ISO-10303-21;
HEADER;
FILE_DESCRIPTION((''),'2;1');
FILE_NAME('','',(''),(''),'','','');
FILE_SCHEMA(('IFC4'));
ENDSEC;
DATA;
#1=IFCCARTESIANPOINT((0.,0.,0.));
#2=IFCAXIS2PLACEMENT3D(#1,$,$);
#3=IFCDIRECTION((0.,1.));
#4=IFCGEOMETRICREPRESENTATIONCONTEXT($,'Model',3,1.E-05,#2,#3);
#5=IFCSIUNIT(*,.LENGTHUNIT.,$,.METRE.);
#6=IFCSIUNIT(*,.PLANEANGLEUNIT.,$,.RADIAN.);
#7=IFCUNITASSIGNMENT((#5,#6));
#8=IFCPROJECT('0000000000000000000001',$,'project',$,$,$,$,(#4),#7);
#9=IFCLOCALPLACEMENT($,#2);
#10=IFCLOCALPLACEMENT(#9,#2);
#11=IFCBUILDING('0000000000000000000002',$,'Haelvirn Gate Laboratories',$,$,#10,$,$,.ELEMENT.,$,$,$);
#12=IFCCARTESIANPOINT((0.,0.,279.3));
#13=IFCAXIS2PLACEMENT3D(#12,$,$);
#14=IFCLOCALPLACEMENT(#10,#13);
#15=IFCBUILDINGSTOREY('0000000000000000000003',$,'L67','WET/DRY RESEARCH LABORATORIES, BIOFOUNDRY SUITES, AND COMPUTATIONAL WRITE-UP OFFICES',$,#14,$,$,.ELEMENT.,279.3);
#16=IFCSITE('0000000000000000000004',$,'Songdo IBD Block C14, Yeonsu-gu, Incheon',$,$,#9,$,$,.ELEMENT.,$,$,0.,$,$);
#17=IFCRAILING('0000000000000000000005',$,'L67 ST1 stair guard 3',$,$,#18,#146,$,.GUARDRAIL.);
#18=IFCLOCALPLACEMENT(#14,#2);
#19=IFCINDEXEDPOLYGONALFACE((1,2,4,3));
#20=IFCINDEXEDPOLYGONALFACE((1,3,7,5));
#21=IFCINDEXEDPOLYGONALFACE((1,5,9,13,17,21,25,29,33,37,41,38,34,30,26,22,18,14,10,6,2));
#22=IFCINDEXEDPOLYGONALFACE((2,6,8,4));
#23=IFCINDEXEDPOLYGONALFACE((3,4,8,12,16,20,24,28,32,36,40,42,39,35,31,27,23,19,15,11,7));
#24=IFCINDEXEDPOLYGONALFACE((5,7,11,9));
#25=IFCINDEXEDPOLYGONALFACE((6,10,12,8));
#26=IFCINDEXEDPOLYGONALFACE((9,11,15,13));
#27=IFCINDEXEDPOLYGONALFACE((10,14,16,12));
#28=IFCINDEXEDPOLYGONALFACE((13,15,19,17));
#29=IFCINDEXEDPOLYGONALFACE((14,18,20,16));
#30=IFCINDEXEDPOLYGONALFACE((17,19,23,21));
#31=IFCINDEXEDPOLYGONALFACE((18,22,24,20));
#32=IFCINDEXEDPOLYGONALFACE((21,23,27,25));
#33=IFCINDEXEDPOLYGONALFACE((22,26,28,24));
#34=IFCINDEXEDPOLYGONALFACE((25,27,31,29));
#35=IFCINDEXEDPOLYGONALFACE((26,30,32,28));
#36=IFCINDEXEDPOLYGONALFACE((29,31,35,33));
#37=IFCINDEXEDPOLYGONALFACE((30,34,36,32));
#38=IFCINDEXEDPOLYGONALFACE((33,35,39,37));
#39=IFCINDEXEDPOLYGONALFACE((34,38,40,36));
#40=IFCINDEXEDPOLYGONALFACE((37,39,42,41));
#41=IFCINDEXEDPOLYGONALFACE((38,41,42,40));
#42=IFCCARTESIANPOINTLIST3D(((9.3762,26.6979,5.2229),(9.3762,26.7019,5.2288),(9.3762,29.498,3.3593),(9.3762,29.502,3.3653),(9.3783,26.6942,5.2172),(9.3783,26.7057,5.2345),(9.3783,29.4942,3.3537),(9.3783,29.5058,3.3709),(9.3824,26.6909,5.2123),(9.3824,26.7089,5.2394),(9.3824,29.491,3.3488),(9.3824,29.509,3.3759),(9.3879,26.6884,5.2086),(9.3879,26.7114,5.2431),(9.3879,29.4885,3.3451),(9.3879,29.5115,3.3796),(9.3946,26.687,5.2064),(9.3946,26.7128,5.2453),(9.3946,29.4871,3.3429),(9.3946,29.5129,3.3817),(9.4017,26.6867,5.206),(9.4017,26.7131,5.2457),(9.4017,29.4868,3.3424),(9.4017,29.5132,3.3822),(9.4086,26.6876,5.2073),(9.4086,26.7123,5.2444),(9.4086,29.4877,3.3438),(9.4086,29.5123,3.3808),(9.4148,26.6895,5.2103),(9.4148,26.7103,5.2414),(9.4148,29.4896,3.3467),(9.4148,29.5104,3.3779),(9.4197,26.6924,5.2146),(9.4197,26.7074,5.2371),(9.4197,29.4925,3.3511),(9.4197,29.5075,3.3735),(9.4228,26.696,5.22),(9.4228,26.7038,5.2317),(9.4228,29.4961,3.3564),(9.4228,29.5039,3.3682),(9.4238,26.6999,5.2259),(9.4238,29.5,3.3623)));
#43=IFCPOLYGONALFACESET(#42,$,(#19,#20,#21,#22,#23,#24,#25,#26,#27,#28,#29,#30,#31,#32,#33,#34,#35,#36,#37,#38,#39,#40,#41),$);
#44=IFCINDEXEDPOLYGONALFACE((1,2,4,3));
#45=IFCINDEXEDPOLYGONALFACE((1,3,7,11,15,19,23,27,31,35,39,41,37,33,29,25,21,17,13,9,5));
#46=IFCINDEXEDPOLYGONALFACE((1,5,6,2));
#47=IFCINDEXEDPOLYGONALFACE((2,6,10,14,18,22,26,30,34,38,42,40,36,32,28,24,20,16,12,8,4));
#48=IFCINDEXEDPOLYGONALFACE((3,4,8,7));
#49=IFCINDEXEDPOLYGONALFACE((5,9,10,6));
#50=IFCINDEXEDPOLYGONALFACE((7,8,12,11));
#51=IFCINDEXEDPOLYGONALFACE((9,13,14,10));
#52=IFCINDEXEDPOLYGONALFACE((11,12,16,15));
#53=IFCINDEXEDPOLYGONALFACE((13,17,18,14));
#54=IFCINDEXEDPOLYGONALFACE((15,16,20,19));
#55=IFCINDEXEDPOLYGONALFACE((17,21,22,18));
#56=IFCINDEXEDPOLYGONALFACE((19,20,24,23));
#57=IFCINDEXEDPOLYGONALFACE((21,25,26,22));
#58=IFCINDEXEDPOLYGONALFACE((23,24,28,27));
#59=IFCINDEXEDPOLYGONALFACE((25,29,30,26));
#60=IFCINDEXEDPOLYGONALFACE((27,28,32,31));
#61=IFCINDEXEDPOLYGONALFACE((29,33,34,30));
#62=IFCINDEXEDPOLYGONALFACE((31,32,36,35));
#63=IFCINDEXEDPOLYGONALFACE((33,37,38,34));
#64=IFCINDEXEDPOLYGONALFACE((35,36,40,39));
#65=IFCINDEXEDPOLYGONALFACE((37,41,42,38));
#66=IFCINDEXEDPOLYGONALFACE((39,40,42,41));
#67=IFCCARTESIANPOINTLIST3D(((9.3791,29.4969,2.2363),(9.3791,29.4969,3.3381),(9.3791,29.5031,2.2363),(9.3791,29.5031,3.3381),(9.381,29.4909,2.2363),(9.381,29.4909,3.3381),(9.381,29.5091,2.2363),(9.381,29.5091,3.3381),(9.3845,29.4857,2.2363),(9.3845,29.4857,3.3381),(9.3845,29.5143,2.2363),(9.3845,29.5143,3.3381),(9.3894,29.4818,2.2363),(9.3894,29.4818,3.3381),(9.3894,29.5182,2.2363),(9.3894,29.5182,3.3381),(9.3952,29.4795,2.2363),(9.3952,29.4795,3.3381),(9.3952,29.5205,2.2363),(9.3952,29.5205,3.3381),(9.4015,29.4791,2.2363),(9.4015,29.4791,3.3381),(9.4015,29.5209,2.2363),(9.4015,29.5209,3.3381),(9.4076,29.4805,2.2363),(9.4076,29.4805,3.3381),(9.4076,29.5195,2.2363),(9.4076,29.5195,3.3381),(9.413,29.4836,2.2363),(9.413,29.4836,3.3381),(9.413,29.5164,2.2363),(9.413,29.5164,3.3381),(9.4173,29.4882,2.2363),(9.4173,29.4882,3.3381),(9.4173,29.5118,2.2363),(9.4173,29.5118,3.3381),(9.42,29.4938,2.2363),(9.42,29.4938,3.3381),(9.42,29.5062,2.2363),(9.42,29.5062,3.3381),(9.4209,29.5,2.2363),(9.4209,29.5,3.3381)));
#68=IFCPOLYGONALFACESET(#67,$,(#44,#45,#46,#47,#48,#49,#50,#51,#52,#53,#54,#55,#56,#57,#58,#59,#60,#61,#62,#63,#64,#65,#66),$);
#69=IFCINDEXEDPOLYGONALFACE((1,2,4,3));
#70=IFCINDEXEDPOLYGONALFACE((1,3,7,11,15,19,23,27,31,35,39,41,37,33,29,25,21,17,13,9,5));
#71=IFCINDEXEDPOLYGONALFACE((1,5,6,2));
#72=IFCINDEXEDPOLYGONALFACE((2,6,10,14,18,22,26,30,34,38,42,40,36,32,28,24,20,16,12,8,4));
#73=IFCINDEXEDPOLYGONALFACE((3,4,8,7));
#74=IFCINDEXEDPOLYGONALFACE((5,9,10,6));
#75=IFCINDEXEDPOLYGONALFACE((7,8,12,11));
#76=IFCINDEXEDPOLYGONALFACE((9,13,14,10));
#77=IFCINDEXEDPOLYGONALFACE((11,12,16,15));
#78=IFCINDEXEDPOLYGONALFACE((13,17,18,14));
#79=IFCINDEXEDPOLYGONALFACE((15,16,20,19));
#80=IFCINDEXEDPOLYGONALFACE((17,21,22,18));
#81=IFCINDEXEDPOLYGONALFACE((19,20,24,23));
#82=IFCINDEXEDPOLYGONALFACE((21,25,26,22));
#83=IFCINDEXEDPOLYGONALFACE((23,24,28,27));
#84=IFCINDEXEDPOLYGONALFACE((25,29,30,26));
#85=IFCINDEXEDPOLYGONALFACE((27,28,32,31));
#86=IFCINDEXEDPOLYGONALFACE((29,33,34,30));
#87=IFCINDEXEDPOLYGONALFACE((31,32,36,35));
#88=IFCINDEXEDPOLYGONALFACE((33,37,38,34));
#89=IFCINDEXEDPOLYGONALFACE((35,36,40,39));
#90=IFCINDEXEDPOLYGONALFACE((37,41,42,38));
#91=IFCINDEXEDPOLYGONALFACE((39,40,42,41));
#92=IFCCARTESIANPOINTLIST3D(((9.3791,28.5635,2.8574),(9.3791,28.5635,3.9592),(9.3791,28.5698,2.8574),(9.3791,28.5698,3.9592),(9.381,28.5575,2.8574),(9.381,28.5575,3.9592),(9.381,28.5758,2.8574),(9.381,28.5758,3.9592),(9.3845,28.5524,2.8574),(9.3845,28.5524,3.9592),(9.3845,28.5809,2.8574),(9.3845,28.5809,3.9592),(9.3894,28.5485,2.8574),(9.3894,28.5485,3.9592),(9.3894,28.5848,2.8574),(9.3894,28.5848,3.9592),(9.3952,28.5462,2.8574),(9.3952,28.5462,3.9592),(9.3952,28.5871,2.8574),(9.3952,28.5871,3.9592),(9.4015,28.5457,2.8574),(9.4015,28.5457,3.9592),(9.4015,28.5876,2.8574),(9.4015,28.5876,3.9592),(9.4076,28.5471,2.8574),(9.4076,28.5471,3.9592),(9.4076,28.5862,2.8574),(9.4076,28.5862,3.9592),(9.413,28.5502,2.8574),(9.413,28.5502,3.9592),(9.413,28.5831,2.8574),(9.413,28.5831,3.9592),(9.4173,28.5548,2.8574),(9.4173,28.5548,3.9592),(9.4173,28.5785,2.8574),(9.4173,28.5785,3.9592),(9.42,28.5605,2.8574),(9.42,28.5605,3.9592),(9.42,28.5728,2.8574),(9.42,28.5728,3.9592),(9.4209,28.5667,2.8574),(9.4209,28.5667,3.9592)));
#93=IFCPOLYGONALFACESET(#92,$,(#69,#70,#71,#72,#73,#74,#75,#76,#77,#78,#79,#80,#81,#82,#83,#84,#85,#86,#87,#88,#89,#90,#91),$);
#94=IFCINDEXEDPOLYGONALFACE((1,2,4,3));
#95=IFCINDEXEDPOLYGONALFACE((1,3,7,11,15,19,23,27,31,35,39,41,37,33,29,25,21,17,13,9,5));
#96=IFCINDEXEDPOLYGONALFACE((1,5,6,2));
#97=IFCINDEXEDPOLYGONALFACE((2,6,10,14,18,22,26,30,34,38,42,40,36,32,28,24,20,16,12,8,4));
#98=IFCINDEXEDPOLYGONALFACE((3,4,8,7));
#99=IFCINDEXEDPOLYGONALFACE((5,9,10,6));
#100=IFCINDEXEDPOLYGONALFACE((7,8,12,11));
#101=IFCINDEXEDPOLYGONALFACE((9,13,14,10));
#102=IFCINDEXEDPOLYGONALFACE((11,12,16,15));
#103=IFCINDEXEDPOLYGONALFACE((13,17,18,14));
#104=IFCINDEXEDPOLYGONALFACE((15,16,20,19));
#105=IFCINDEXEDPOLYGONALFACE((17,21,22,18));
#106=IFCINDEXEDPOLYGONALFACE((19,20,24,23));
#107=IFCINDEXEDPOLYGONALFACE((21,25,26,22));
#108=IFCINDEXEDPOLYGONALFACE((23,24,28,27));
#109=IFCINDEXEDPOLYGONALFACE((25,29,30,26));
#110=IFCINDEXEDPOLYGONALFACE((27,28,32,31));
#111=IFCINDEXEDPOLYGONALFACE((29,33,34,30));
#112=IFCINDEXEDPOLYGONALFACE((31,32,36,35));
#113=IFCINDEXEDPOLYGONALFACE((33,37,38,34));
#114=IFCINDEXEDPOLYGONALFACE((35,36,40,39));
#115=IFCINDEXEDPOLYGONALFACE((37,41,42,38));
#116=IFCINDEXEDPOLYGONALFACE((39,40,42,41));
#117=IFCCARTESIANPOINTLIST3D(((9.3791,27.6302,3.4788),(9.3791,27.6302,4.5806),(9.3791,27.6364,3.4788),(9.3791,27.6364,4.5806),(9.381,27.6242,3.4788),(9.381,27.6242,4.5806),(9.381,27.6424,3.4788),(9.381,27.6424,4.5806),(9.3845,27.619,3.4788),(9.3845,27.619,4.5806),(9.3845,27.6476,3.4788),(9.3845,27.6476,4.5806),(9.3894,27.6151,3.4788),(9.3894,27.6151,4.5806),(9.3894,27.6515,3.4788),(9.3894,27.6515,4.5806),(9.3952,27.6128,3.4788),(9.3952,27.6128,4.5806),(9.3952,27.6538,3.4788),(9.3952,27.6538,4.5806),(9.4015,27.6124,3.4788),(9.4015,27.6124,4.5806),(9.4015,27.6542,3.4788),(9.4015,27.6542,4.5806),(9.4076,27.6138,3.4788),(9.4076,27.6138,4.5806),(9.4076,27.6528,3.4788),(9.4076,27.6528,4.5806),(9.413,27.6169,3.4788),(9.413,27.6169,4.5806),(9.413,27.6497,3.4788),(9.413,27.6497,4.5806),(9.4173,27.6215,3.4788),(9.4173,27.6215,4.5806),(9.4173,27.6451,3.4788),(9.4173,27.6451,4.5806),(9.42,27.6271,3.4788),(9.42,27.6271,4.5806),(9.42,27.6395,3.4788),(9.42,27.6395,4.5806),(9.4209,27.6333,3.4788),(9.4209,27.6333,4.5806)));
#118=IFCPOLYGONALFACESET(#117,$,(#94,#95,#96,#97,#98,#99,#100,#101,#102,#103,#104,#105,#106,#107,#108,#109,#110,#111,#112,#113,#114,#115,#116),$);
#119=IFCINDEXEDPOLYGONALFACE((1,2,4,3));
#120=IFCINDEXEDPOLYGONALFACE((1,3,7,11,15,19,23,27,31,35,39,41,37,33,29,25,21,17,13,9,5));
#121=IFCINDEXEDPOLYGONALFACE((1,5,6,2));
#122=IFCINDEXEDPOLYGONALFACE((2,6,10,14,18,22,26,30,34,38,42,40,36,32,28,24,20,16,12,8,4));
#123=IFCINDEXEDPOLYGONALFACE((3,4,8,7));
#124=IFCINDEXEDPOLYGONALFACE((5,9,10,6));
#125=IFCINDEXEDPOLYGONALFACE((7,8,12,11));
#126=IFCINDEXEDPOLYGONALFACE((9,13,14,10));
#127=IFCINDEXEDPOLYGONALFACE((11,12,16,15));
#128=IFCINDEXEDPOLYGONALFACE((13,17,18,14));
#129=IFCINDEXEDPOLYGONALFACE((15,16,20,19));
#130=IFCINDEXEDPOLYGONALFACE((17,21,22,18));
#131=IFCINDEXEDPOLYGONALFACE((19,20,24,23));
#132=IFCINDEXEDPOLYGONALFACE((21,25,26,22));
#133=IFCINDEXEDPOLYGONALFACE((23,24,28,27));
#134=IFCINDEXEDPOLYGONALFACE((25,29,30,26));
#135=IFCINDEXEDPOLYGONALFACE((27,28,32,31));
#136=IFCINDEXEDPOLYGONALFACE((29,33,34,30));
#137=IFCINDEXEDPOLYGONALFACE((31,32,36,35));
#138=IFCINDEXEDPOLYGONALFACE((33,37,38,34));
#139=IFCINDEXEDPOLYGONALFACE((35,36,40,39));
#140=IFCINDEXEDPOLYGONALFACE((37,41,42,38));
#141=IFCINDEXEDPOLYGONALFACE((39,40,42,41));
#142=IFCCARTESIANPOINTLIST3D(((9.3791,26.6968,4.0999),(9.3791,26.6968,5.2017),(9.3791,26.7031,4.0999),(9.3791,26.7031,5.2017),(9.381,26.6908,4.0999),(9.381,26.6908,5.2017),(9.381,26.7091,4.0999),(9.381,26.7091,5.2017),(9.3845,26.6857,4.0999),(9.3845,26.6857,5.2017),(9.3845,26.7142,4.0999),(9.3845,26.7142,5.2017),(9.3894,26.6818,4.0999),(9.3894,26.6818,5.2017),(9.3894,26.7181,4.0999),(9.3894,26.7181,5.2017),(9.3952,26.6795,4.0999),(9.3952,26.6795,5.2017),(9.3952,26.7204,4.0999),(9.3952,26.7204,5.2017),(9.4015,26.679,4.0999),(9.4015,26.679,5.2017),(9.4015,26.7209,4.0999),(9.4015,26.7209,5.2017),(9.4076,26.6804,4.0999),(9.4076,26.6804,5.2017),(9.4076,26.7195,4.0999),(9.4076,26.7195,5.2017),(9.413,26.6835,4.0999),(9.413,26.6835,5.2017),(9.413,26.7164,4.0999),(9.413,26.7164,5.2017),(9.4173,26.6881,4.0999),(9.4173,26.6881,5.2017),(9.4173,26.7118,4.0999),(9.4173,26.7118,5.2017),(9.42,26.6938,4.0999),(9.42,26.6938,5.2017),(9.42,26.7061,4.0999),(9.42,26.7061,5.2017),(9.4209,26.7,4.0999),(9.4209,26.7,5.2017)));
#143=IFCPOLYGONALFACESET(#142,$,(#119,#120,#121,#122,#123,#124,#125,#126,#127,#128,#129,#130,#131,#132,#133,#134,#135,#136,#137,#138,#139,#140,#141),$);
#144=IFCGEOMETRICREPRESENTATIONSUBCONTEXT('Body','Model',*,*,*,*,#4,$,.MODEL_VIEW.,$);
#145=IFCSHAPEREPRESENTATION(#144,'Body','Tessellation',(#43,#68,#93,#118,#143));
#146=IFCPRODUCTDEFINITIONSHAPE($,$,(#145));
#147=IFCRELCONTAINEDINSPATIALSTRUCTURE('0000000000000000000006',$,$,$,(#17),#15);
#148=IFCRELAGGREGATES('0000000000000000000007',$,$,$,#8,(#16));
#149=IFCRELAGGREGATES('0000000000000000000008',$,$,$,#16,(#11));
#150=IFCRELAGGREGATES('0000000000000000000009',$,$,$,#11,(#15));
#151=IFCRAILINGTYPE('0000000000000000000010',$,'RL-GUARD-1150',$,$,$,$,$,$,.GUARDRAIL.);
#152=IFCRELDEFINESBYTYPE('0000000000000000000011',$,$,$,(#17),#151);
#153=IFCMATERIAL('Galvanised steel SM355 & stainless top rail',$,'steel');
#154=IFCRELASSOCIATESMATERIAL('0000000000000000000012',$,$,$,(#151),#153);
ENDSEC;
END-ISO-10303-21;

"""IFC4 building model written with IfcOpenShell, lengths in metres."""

from ifc_helpers import new_model, si_unit, direction, frame, origin, origin_2d, place, context, subcontext, project, spatial, circle, extrude, source, transform, mapped, material, type_object, element, save


model = new_model("IFC4")

# Units and contexts
model_context = context("Model", 3, precision=1e-05, world=origin(), true_north=direction((0.0, 1.0)))
body_context = subcontext(model_context, "Body", "Model", "MODEL_VIEW")
ifc_project = project(units=[si_unit("LENGTHUNIT", "METRE"), si_unit("PLANEANGLEUNIT", "RADIAN")], contexts=[model_context])

# Site, building, storey
site_placement = place(None, origin())
site = spatial("IfcSite", under=ifc_project, at=site_placement, Name="Songdo IBD Block C14, Yeonsu-gu, Incheon", CompositionType="ELEMENT", RefElevation=0.0)
building_placement = place(site_placement, origin())
building = spatial("IfcBuilding", under=site, at=building_placement, Name="Haelvirn Gate Laboratories", CompositionType="ELEMENT")
storey_placement = place(building_placement, frame((0.0, 0.0, 279.3)))
storey = spatial("IfcBuildingStorey", under=building, at=storey_placement, Name="L67", Description="WET/DRY RESEARCH LABORATORIES, BIOFOUNDRY SUITES, AND COMPUTATIONAL WRITE-UP OFFICES", CompositionType="ELEMENT", Elevation=279.3)

# Railing
ifc_material_1 = material(Name="Galvanised steel SM355 & stainless top rail", Category="steel")
railing_type_1 = type_object("IfcRailingType", Name="RL-GUARD-1150", PredefinedType="GUARDRAIL", material=ifc_material_1)
shared_shape_1 = source(origin(), body_context, "Body", "SweptSolid", [
    extrude(circle(Radius=0.0239, at=origin_2d()), frame((0.0, 0.0, 1.126), z_axis=(0.0, -0.832486, 0.554047), x_axis=(1.0, 0.0, 0.0)), (0.0, 0.0, 1.0), 3.3635),
    extrude(circle(Radius=0.021, at=origin_2d()), origin(), (0.0, 0.0, 1.0), 1.1018),
    extrude(circle(Radius=0.021, at=origin_2d()), frame((0.0, -0.9333, 0.6211)), (0.0, 0.0, 1.0), 1.1018),
    extrude(circle(Radius=0.021, at=origin_2d()), frame((0.0, -1.8667, 1.2424)), (0.0, 0.0, 1.0), 1.1018),
    extrude(circle(Radius=0.021, at=origin_2d()), frame((0.0, -2.8, 1.8635)), (0.0, 0.0, 1.0), 1.1018),
])
railing_1_placement = place(storey_placement, frame((9.3999, 29.5, 2.2363)))
element("IfcRailing", 1, at=railing_1_placement, inside=storey, type_object=railing_type_1, Name="L67 ST1 stair guard 3", PredefinedType="GUARDRAIL", context=body_context, shape_type="MappedRepresentation", body=[
    mapped(shared_shape_1, transform((0.0, 0.0, 0.0), scale=1.0)),
])

save(model, "model.ifc")
